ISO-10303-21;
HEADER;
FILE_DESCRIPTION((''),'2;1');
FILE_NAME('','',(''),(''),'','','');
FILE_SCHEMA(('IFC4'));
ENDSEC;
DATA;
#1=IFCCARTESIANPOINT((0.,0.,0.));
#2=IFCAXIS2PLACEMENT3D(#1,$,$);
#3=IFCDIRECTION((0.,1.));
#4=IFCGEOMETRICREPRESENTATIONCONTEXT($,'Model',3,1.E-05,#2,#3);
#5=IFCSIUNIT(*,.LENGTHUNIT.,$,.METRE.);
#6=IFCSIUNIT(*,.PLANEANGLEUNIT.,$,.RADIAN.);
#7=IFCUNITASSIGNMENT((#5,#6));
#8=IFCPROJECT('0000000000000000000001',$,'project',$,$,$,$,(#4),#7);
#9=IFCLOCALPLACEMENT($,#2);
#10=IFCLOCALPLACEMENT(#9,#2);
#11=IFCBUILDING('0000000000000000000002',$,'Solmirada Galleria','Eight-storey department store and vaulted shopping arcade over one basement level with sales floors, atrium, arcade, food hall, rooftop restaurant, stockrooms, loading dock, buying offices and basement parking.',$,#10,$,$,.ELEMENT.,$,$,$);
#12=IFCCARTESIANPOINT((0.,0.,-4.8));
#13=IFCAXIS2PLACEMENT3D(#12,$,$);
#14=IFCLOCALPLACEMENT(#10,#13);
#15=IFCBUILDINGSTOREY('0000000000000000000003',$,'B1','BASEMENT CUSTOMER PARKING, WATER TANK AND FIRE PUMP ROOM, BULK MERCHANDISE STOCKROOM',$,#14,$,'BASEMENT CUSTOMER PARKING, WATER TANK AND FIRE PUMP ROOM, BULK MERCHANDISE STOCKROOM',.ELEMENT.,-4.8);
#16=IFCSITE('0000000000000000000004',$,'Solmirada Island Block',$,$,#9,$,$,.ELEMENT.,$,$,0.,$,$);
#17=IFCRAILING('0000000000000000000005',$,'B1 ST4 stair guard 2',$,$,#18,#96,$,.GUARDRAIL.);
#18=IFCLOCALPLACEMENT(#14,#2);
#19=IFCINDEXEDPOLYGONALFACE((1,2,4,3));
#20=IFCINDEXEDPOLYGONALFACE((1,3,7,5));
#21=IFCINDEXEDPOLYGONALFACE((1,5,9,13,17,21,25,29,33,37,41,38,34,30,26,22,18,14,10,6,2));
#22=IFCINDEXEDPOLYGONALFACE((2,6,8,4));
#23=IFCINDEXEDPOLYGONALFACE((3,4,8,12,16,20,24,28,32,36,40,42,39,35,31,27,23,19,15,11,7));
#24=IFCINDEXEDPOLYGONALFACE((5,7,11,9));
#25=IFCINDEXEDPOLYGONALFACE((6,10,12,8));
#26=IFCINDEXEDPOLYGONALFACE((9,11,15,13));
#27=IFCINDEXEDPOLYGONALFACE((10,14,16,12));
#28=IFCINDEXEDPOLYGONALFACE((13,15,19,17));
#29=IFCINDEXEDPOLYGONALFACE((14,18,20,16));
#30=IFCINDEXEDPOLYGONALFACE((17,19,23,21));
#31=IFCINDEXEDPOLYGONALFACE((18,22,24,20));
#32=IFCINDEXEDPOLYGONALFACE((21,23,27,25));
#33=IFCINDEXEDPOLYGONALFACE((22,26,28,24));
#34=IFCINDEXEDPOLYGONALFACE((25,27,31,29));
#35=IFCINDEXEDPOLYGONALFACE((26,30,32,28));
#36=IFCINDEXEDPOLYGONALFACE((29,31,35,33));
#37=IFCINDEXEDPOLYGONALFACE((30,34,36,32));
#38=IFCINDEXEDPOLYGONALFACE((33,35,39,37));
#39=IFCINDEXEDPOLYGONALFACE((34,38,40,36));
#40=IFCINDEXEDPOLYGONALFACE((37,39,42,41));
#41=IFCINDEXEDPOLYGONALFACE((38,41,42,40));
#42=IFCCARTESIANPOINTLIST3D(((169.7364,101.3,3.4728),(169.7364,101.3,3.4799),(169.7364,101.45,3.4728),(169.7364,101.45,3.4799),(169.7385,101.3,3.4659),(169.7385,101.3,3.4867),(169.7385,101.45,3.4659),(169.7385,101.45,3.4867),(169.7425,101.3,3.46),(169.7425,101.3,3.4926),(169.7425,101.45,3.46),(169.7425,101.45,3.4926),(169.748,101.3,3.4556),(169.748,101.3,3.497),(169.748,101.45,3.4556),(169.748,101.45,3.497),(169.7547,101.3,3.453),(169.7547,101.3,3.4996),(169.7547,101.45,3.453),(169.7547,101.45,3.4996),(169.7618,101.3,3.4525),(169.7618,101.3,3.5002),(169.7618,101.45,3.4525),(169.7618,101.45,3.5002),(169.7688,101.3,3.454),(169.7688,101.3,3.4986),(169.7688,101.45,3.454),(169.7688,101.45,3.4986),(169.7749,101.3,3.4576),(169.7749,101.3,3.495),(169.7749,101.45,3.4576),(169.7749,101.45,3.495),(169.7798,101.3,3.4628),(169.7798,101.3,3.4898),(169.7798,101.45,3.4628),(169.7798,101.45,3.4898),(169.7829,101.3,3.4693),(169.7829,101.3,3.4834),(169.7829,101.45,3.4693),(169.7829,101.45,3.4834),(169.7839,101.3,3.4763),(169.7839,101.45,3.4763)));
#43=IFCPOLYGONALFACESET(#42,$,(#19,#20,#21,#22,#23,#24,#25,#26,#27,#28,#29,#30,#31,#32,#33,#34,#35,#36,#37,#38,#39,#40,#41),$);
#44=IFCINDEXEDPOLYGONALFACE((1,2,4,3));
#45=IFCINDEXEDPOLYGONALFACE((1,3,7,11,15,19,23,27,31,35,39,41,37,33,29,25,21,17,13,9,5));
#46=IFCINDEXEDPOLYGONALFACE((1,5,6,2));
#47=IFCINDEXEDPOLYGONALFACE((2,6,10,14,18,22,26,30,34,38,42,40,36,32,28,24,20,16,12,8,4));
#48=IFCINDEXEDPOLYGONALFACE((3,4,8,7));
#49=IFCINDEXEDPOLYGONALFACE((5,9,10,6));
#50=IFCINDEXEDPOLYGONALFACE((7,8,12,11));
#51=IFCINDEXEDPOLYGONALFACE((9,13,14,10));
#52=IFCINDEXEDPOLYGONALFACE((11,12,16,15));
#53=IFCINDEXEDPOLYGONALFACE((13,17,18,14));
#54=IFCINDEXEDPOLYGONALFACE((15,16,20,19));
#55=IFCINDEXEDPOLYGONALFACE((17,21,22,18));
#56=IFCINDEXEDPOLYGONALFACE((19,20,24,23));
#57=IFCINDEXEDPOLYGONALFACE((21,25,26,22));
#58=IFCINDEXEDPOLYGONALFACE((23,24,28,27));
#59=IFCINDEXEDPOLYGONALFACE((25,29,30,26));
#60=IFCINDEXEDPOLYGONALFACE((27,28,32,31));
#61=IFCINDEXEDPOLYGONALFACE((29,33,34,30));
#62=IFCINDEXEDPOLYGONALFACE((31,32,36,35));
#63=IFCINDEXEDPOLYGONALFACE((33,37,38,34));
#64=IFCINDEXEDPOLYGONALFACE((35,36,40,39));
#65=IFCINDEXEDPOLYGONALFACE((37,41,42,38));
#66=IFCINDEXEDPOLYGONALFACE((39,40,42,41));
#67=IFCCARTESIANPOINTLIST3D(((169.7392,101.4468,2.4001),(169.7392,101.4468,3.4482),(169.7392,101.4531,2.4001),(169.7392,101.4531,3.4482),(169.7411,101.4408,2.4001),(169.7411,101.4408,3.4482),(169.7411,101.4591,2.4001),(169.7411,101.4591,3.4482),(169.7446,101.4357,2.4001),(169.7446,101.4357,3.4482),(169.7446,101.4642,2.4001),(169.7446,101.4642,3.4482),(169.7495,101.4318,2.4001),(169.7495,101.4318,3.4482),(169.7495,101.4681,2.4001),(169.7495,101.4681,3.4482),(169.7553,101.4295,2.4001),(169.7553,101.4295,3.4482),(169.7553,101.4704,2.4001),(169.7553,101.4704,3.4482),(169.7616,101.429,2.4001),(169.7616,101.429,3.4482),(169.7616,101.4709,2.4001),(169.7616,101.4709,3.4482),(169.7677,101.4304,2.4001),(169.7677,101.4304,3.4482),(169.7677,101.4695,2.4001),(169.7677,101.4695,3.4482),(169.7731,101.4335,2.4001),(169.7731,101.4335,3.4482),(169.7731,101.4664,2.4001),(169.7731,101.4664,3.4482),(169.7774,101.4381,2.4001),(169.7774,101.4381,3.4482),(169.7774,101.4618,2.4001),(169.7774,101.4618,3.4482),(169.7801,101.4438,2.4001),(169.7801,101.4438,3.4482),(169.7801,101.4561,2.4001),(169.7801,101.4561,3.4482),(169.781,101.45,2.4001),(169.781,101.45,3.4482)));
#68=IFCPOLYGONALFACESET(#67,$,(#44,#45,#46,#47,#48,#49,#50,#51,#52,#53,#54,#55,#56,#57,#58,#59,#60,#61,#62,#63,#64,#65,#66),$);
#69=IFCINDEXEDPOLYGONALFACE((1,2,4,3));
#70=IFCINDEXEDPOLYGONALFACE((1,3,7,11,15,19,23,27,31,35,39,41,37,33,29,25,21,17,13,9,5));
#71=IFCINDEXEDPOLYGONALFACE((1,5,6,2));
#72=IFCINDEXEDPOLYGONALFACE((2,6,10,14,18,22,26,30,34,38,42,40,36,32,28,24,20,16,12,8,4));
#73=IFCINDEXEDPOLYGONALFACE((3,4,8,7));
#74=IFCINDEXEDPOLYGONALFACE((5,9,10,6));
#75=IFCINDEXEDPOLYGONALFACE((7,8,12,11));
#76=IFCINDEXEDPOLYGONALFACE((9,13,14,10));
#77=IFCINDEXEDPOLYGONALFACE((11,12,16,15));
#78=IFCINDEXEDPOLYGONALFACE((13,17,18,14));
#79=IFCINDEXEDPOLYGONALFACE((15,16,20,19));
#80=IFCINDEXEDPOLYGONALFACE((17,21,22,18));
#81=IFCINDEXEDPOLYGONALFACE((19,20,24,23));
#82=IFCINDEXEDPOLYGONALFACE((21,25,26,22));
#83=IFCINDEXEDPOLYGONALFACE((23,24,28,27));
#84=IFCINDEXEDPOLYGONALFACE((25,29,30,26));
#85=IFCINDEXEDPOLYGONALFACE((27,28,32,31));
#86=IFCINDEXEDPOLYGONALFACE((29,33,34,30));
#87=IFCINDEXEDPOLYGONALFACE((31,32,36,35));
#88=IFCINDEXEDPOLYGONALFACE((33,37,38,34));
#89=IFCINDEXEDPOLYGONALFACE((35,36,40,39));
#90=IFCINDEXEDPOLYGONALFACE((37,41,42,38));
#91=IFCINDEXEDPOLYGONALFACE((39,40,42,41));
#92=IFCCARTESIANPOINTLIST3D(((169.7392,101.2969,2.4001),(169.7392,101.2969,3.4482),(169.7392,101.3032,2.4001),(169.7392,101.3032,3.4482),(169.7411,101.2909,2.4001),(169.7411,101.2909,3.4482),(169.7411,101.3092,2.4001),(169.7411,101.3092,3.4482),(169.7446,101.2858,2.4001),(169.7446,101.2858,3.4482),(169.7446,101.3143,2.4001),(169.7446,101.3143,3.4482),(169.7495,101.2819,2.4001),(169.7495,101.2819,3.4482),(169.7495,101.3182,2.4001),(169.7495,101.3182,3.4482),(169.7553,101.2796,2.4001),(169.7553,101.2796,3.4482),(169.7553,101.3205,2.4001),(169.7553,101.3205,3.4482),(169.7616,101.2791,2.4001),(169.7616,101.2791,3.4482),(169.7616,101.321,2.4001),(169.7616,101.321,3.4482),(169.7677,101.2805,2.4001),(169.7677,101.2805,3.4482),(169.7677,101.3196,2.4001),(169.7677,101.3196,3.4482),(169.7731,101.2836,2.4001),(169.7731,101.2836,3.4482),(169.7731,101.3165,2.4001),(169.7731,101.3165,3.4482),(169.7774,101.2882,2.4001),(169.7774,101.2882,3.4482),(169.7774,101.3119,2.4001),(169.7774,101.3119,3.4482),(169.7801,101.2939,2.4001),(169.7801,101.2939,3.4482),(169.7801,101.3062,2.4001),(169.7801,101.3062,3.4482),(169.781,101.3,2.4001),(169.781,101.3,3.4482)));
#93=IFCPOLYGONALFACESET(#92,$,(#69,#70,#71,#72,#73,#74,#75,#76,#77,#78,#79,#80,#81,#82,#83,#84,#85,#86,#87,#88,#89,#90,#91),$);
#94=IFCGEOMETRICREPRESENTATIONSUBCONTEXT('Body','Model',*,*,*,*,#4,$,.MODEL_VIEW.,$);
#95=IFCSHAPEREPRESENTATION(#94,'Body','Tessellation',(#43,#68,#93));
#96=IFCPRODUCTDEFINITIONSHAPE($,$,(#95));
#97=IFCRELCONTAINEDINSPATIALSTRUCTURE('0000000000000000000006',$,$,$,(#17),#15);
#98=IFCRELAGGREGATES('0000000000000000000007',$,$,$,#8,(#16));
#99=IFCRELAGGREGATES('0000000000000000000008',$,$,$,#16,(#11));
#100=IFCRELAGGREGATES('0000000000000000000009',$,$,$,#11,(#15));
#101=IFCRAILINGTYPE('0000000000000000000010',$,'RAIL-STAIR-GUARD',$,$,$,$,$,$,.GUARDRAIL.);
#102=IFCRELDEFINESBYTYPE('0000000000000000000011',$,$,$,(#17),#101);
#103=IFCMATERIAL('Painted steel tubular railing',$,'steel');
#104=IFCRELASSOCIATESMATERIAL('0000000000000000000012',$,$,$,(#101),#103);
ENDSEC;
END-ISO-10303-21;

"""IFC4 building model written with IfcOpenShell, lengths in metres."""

from ifc_helpers import new_model, si_unit, direction, frame, origin, origin_2d, place, context, subcontext, project, spatial, circle, extrude, material, type_object, element, save


model = new_model("IFC4")

# Units and contexts
model_context = context("Model", 3, precision=1e-05, world=origin(), true_north=direction((0.0, 1.0)))
body_context = subcontext(model_context, "Body", "Model", "MODEL_VIEW")
ifc_project = project(units=[si_unit("LENGTHUNIT", "METRE"), si_unit("PLANEANGLEUNIT", "RADIAN")], contexts=[model_context])

# Site, building, storey
site_placement = place(None, origin())
site = spatial("IfcSite", under=ifc_project, at=site_placement, Name="Solmirada Island Block", CompositionType="ELEMENT", RefElevation=0.0)
building_placement = place(site_placement, origin())
building = spatial("IfcBuilding", under=site, at=building_placement, Name="Solmirada Galleria", Description="Eight-storey department store and vaulted shopping arcade over one basement level with sales floors, atrium, arcade, food hall, rooftop restaurant, stockrooms, loading dock, buying offices and basement parking.", CompositionType="ELEMENT")
storey_placement = place(building_placement, frame((0.0, 0.0, -4.8)))
storey = spatial("IfcBuildingStorey", under=building, at=storey_placement, Name="B1", Description="BASEMENT CUSTOMER PARKING, WATER TANK AND FIRE PUMP ROOM, BULK MERCHANDISE STOCKROOM", LongName="BASEMENT CUSTOMER PARKING, WATER TANK AND FIRE PUMP ROOM, BULK MERCHANDISE STOCKROOM", CompositionType="ELEMENT", Elevation=-4.8)

# Railing
ifc_material_1 = material(Name="Painted steel tubular railing", Category="steel")
railing_type_1 = type_object("IfcRailingType", Name="RAIL-STAIR-GUARD", PredefinedType="GUARDRAIL", material=ifc_material_1)
railing_1_placement = place(storey_placement, frame((169.76, 101.45, 2.4001)))
element("IfcRailing", 1, at=railing_1_placement, inside=storey, type_object=railing_type_1, Name="B1 ST4 stair guard 2", PredefinedType="GUARDRAIL", context=body_context, shape_type="SweptSolid", body=[
    extrude(circle(Radius=0.0239, at=origin_2d()), frame((0.0, 0.0, 1.0762), z_axis=(0.0, -1.0, 0.0), x_axis=(1.0, 0.0, 0.0)), (0.0, 0.0, 1.0), 0.1499),
    extrude(circle(Radius=0.021, at=origin_2d()), origin(), (0.0, 0.0, 1.0), 1.0481),
    extrude(circle(Radius=0.021, at=origin_2d()), frame((0.0, -0.1499, 0.0)), (0.0, 0.0, 1.0), 1.0481),
])

save(model, "model.ifc")
